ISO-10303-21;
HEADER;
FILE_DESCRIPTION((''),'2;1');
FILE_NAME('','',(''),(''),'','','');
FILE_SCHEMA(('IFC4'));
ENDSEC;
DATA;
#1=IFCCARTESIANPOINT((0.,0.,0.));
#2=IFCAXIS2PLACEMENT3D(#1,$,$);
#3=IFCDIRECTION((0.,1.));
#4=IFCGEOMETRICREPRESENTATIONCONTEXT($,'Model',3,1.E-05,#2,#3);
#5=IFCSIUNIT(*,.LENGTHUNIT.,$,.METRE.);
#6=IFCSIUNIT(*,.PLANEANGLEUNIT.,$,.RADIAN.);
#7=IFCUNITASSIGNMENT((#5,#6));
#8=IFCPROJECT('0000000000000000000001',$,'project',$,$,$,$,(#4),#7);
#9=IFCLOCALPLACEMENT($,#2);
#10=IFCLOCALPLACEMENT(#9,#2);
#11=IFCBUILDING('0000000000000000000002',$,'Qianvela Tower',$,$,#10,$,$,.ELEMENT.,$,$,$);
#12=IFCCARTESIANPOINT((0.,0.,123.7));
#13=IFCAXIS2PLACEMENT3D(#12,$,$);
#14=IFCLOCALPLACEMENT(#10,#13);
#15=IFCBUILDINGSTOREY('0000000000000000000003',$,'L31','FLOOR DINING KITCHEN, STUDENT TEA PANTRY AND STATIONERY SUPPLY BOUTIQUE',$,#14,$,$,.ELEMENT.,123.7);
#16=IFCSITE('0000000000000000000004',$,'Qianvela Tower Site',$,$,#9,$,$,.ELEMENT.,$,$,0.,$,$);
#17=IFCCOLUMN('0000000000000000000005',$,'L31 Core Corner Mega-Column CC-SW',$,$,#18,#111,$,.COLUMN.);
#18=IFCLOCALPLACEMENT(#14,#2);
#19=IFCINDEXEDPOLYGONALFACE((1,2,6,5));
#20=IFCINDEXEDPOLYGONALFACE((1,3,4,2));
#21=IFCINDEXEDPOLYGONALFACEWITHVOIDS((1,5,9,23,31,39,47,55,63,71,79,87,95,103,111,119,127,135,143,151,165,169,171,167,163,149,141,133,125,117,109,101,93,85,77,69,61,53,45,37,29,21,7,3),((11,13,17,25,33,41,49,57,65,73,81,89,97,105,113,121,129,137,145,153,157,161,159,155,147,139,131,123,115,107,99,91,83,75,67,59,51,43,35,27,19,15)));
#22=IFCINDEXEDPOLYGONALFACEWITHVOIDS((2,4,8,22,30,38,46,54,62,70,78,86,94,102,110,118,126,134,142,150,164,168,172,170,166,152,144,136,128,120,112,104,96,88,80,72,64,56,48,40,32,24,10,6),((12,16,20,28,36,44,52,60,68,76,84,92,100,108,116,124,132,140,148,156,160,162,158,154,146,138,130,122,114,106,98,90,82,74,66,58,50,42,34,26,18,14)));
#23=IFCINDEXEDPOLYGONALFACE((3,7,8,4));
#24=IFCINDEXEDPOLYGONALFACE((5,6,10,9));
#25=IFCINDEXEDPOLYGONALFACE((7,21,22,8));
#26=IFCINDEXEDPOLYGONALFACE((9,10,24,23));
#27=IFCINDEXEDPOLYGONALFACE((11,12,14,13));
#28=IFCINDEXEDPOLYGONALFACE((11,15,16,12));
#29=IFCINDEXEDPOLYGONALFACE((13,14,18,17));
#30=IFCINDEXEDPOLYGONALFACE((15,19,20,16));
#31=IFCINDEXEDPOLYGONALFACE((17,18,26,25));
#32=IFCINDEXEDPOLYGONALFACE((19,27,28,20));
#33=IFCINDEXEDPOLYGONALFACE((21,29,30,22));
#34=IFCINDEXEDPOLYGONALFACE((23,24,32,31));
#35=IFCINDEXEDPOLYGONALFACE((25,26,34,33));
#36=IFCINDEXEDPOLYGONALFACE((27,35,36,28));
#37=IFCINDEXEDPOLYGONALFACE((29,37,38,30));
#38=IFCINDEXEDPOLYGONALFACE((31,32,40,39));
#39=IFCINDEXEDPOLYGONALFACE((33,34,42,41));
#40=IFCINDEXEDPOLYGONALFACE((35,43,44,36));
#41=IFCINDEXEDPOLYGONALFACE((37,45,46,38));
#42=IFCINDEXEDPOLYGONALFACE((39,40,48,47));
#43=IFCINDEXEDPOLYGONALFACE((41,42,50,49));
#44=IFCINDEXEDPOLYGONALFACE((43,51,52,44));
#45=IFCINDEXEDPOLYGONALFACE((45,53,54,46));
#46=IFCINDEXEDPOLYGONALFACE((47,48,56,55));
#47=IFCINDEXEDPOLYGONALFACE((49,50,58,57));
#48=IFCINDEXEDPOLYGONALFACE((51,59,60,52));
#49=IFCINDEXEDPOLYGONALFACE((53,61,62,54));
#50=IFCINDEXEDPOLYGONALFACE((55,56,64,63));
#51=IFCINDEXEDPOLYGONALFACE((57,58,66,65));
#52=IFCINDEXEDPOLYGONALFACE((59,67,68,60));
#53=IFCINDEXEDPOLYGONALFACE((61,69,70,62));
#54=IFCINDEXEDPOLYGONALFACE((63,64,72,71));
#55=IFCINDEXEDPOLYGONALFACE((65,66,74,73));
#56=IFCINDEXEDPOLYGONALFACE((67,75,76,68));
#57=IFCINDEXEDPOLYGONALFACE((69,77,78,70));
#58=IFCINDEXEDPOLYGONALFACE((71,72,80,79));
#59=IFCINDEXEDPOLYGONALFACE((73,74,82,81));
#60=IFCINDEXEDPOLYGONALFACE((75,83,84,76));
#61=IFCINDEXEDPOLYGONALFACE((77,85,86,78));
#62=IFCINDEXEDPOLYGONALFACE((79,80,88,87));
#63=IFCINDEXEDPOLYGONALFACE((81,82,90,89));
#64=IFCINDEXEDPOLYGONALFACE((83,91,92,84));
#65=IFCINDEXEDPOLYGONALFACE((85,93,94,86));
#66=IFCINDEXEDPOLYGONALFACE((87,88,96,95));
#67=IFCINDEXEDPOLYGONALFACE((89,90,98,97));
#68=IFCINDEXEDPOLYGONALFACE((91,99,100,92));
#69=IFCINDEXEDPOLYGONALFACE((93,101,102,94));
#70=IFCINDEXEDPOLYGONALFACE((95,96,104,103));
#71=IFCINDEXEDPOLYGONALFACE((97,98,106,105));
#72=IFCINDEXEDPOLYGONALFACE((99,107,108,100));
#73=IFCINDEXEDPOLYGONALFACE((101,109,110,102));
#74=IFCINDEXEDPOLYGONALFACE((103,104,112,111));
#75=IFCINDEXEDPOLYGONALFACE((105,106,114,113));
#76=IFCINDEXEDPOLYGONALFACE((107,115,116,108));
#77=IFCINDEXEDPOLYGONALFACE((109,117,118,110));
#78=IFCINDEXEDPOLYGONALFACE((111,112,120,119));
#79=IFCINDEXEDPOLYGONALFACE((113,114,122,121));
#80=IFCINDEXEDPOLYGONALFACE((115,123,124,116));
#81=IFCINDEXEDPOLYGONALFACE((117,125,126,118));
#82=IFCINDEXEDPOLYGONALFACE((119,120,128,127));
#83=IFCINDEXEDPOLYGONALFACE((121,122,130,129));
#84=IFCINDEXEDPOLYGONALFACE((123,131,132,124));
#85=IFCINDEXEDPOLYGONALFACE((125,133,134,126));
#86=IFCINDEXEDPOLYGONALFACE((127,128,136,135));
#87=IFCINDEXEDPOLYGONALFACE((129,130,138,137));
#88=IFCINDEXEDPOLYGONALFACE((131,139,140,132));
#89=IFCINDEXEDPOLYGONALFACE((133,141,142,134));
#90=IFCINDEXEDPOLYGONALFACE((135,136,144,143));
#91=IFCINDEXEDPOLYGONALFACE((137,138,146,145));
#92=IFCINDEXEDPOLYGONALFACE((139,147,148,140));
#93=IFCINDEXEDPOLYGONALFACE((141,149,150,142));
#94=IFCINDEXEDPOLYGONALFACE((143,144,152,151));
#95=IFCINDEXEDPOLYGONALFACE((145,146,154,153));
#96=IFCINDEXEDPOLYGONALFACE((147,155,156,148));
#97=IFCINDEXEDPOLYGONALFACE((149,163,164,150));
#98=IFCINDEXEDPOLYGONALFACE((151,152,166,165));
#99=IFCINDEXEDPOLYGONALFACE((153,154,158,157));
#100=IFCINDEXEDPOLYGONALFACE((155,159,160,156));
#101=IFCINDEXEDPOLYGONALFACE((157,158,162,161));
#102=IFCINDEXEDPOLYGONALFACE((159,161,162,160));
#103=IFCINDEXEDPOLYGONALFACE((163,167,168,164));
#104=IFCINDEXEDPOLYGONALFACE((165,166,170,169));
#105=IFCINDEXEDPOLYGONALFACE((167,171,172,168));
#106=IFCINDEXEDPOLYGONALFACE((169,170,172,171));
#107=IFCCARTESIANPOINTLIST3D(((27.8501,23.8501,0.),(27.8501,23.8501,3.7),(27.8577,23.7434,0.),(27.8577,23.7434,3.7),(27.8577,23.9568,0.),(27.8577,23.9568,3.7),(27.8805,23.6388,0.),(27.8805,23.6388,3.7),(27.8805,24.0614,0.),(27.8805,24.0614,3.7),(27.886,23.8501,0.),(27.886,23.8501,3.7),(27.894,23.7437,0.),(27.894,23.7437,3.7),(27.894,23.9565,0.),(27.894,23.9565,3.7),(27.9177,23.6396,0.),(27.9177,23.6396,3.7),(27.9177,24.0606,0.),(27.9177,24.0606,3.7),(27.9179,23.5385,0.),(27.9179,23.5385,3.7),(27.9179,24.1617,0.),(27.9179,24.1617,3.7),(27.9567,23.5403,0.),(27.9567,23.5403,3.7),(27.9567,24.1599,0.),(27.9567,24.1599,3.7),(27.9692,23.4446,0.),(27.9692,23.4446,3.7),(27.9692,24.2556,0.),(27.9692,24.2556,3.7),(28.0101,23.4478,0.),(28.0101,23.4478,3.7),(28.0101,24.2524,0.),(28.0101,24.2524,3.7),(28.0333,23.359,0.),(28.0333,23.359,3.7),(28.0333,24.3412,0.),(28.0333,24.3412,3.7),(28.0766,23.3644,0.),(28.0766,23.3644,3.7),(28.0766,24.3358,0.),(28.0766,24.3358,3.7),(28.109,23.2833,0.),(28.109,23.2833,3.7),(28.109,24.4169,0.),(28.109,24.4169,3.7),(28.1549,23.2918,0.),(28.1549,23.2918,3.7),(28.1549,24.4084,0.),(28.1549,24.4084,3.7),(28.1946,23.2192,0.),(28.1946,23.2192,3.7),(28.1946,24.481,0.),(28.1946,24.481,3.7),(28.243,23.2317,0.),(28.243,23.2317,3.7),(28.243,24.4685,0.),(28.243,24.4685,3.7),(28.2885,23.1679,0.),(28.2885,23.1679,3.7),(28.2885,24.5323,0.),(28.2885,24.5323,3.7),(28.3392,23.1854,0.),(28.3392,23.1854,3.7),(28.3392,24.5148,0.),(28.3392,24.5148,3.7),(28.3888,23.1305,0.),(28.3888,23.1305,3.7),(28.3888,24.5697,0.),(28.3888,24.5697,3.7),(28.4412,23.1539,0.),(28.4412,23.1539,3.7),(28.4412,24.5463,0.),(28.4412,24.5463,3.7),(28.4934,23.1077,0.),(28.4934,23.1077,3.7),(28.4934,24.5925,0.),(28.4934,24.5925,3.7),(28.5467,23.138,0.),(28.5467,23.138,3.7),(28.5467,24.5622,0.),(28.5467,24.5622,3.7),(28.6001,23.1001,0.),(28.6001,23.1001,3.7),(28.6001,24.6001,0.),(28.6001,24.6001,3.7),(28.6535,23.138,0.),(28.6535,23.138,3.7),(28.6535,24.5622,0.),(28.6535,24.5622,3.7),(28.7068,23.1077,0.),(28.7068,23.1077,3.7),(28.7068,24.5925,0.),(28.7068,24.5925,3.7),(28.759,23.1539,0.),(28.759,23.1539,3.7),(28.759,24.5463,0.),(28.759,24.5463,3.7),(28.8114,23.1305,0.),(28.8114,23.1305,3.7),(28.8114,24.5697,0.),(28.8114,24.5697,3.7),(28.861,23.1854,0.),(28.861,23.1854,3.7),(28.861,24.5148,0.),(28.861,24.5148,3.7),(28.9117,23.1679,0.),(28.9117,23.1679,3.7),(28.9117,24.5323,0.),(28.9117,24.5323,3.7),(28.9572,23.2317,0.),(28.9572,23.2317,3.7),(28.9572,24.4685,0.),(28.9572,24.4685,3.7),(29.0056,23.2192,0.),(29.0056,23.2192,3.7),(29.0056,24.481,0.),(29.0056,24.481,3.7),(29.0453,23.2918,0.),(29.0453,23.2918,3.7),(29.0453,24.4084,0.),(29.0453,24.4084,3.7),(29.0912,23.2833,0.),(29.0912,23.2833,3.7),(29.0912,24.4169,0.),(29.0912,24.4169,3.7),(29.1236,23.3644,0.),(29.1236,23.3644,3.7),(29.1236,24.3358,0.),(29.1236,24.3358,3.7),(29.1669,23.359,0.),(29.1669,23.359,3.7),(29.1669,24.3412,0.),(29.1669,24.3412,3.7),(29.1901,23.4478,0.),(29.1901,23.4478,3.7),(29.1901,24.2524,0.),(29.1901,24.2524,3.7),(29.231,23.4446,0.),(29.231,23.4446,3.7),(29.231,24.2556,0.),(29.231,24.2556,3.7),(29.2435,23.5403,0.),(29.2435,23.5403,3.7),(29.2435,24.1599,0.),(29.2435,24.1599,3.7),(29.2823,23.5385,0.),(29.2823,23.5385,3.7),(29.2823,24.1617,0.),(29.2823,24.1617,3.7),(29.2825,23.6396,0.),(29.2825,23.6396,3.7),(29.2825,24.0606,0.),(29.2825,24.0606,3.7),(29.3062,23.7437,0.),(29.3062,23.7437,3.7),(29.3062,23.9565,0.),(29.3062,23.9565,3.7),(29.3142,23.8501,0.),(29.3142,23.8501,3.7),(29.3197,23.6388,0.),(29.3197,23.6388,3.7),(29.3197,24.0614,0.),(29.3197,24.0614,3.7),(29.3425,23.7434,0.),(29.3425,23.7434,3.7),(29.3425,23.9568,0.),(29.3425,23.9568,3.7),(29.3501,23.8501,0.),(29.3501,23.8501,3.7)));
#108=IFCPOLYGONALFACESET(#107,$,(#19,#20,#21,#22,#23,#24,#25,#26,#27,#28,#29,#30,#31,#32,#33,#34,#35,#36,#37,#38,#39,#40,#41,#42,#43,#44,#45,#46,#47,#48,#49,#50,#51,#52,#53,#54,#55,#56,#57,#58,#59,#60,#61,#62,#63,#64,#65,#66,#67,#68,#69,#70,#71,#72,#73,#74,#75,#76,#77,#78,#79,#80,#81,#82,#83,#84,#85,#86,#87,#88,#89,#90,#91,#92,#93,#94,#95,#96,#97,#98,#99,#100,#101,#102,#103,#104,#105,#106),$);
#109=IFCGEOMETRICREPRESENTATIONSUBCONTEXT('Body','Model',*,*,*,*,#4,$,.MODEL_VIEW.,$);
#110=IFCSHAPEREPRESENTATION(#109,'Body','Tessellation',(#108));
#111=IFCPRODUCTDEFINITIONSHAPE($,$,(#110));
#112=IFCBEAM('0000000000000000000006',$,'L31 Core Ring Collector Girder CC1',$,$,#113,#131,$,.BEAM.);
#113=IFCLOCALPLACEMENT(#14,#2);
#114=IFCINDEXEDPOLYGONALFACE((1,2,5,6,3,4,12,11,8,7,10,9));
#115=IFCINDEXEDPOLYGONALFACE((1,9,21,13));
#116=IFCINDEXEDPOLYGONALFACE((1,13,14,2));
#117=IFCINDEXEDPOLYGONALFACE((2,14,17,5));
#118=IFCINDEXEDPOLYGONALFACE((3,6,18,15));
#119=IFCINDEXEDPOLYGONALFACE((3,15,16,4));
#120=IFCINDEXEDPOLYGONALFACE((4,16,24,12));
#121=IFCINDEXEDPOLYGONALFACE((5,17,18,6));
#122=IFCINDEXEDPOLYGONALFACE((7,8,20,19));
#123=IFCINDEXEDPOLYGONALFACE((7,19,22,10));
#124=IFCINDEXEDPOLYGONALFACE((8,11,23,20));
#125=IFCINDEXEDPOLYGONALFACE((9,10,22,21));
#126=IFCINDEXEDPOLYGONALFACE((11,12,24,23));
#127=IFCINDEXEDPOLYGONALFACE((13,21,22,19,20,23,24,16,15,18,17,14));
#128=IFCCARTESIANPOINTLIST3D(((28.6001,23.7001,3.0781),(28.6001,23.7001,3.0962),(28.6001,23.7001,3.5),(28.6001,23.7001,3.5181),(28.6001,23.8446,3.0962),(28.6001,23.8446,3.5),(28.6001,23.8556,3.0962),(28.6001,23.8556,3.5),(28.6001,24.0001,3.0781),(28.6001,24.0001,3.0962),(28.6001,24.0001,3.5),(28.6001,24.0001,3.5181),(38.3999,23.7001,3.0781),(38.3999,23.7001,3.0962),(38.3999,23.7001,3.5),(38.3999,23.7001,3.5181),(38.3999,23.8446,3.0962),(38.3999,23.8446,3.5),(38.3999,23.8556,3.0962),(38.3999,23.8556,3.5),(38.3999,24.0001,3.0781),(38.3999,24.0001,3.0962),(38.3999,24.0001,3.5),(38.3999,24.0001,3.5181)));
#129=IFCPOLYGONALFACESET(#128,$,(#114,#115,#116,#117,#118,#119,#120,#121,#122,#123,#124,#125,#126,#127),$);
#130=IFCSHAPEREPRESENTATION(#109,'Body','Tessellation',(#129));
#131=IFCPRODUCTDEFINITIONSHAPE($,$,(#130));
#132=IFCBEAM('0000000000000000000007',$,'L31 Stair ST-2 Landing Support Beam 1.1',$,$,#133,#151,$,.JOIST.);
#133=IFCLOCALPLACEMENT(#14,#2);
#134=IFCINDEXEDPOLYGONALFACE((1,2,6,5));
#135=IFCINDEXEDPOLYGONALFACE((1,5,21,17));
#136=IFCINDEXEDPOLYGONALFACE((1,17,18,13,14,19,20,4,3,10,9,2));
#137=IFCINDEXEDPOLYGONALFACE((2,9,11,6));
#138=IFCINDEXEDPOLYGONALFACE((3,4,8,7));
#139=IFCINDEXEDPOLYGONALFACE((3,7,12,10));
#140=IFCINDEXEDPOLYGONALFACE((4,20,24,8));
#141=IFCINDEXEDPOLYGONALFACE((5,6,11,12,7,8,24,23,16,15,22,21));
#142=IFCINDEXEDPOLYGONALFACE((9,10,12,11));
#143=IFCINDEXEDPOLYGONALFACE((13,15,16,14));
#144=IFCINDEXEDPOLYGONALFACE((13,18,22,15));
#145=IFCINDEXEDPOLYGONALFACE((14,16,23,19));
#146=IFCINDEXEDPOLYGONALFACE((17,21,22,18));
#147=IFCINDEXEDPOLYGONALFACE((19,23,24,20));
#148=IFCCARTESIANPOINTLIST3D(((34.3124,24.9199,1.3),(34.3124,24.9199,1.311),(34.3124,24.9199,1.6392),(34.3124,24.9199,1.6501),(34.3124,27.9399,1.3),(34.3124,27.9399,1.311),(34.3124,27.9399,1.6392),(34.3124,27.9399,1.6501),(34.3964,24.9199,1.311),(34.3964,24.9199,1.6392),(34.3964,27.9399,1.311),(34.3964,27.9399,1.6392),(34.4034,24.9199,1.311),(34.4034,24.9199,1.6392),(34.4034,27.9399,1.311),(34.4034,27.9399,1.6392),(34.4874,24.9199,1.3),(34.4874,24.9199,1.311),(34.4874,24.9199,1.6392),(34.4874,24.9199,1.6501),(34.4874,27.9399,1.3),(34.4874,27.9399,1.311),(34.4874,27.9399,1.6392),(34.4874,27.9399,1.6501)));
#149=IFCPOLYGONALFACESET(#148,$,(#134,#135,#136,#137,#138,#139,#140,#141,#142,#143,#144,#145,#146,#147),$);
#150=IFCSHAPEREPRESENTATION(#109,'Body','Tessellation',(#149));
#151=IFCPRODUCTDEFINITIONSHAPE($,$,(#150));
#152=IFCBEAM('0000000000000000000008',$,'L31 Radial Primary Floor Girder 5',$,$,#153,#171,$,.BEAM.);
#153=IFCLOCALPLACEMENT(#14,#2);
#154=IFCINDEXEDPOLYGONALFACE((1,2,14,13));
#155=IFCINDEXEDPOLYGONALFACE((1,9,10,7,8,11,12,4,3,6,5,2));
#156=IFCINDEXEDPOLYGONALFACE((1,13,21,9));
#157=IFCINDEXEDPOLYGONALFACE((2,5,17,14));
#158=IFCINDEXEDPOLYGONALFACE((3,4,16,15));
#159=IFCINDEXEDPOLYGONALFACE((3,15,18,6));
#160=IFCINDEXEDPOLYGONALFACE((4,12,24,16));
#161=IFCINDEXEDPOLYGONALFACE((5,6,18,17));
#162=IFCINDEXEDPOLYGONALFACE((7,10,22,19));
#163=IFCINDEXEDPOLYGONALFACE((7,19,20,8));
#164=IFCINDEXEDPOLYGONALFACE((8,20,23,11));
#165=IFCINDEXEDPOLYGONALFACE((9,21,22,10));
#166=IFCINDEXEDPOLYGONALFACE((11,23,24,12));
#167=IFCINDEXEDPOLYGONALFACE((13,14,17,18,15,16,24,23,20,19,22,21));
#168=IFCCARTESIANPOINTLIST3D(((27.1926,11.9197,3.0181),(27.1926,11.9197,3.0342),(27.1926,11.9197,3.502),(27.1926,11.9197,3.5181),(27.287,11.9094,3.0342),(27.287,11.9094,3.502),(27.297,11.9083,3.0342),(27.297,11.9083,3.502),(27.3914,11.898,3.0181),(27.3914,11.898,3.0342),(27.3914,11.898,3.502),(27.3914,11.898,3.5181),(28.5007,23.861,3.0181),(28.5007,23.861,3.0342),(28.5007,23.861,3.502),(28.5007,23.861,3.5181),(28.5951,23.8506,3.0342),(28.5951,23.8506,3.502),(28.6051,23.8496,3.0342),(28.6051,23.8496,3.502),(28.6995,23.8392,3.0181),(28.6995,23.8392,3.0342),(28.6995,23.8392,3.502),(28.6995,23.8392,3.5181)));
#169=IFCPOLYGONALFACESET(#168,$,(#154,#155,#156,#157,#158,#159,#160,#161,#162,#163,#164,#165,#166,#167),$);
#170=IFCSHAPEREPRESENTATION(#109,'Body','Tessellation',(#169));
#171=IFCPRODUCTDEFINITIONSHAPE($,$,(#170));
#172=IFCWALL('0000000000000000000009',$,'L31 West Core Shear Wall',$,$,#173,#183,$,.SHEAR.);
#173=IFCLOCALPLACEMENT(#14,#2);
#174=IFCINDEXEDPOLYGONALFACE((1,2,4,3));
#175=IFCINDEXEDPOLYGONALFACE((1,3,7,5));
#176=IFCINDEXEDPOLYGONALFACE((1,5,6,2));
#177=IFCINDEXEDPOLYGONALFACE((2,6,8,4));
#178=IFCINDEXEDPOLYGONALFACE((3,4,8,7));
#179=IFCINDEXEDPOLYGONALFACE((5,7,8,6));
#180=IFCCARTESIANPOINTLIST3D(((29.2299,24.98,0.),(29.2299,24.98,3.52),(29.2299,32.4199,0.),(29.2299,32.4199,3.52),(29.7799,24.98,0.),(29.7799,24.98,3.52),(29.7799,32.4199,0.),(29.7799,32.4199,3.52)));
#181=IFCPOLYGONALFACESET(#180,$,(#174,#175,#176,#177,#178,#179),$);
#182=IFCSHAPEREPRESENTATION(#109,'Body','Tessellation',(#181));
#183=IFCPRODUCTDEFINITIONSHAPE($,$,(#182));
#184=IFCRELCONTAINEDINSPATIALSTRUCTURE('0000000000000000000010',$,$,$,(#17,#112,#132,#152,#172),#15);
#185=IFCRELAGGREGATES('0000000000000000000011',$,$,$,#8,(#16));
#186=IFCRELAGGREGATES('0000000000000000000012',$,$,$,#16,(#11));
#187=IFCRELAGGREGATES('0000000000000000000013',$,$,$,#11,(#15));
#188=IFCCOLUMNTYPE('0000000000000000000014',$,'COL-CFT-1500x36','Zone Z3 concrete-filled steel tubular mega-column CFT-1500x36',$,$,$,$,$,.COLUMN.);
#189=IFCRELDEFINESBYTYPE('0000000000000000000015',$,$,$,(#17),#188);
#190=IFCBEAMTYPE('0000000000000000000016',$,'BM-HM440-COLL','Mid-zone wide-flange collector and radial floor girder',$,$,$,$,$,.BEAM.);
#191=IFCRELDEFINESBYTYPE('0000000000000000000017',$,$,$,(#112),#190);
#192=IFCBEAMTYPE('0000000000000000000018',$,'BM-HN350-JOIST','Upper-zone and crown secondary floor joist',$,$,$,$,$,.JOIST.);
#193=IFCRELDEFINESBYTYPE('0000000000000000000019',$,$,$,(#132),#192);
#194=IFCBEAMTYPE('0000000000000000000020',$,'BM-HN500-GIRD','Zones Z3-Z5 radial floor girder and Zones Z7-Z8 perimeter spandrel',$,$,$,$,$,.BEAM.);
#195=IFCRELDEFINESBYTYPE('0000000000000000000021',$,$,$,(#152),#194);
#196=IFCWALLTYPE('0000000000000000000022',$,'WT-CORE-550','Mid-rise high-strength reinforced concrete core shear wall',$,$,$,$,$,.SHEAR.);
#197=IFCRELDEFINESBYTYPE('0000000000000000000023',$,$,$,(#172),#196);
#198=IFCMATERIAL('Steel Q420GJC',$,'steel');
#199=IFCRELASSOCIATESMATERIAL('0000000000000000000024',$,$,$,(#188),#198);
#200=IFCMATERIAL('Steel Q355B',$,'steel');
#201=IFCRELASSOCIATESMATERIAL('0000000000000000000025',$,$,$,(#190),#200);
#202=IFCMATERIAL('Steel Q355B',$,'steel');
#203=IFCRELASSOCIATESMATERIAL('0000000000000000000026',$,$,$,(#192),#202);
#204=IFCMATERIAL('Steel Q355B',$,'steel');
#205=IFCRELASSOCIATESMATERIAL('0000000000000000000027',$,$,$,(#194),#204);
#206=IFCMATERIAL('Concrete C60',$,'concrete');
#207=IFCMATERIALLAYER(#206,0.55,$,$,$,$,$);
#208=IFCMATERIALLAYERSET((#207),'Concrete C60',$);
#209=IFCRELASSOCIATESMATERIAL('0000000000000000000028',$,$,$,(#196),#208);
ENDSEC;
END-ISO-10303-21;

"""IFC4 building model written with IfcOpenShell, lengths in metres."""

from ifc_helpers import new_model, si_unit, direction, frame, frame_2d, origin, origin_2d, place, context, subcontext, project, spatial, rectangle, hollow_circle, i_section, extrude, material, layer, layer_set, material_profile, profile_set, type_object, element, save


model = new_model("IFC4")

# Units and contexts
model_context = context("Model", 3, precision=1e-05, world=origin(), true_north=direction((0.0, 1.0)))
body_context = subcontext(model_context, "Body", "Model", "MODEL_VIEW")
ifc_project = project(units=[si_unit("LENGTHUNIT", "METRE"), si_unit("PLANEANGLEUNIT", "RADIAN")], contexts=[model_context])

# Site, building, storey
site_placement = place(None, origin())
site = spatial("IfcSite", under=ifc_project, at=site_placement, Name="Qianvela Tower Site", CompositionType="ELEMENT", RefElevation=0.0)
building_placement = place(site_placement, origin())
building = spatial("IfcBuilding", under=site, at=building_placement, Name="Qianvela Tower", CompositionType="ELEMENT")
storey_placement = place(building_placement, frame((0.0, 0.0, 123.7)))
storey = spatial("IfcBuildingStorey", under=building, at=storey_placement, Name="L31", Description="FLOOR DINING KITCHEN, STUDENT TEA PANTRY AND STATIONERY SUPPLY BOUTIQUE", CompositionType="ELEMENT", Elevation=123.7)

# Column
ifc_material_1 = material(Name="Steel Q420GJC", Category="steel")
ifc_material_profile_1 = material_profile(ifc_material_1, hollow_circle(Radius=0.75, WallThickness=0.0359, at=origin_2d()), Name="CFT-1500x36")
ifc_profile_set_1 = profile_set([ifc_material_profile_1], Name="Steel Q420GJC")
column_type = type_object("IfcColumnType", Name="COL-CFT-1500x36", Description="Zone Z3 concrete-filled steel tubular mega-column CFT-1500x36", PredefinedType="COLUMN", material=ifc_profile_set_1)
column_placement = place(storey_placement, frame((28.6001, 23.8501, 0.0), z_axis=(0.0, 0.0, 1.0), x_axis=(1.0, 0.0, 0.0)))
element("IfcColumn", 1, at=column_placement, inside=storey, type_object=column_type, Name="L31 Core Corner Mega-Column CC-SW", PredefinedType="COLUMN", context=body_context, shape_type="SweptSolid", body=[
    extrude(hollow_circle(Radius=0.75, WallThickness=0.0359, at=origin_2d()), origin(), (0.0, 0.0, 1.0), 3.7),
])

# Beams
ifc_material_2 = material(Name="Steel Q355B", Category="steel")
ifc_material_profile_2 = material_profile(ifc_material_2, i_section(OverallWidth=0.3, OverallDepth=0.4399, WebThickness=0.011, FlangeThickness=0.0181, at=origin_2d()), Name="HM440x300x11x18")
ifc_profile_set_2 = profile_set([ifc_material_profile_2], Name="Steel Q355B")
beam_type_1 = type_object("IfcBeamType", Name="BM-HM440-COLL", Description="Mid-zone wide-flange collector and radial floor girder", PredefinedType="BEAM", material=ifc_profile_set_2)
beam_1_placement = place(storey_placement, frame((28.6001, 23.8501, 3.2981), z_axis=(1.0, 0.0, 0.0), x_axis=(0.0, 1.0, 0.0)))
element("IfcBeam", 2, at=beam_1_placement, inside=storey, type_object=beam_type_1, Name="L31 Core Ring Collector Girder CC1", PredefinedType="BEAM", context=body_context, shape_type="SweptSolid", body=[
    extrude(i_section(OverallWidth=0.3, OverallDepth=0.4399, WebThickness=0.011, FlangeThickness=0.0181, at=origin_2d()), origin(), (0.0, 0.0, 1.0), 9.7998),
])
ifc_material_3 = material(Name="Steel Q355B", Category="steel")
ifc_material_profile_3 = material_profile(ifc_material_3, i_section(OverallWidth=0.175, OverallDepth=0.3501, WebThickness=0.0071, FlangeThickness=0.011, at=origin_2d()), Name="HN350x175x7x11")
ifc_profile_set_3 = profile_set([ifc_material_profile_3], Name="Steel Q355B")
beam_type_2 = type_object("IfcBeamType", Name="BM-HN350-JOIST", Description="Upper-zone and crown secondary floor joist", PredefinedType="JOIST", material=ifc_profile_set_3)
beam_2_placement = place(storey_placement, frame((34.3999, 24.9199, 1.4751), z_axis=(0.0, 1.0, 0.0), x_axis=(-1.0, 0.0, 0.0)))
element("IfcBeam", 3, at=beam_2_placement, inside=storey, type_object=beam_type_2, Name="L31 Stair ST-2 Landing Support Beam 1.1", PredefinedType="JOIST", context=body_context, shape_type="SweptSolid", body=[
    extrude(i_section(OverallWidth=0.175, OverallDepth=0.3501, WebThickness=0.0071, FlangeThickness=0.011, at=origin_2d()), origin(), (0.0, 0.0, 1.0), 3.02),
])
ifc_material_4 = material(Name="Steel Q355B", Category="steel")
ifc_material_profile_4 = material_profile(ifc_material_4, i_section(OverallWidth=0.2, OverallDepth=0.5, WebThickness=0.01, FlangeThickness=0.0161, at=origin_2d()), Name="HN500x200x10x16")
ifc_profile_set_4 = profile_set([ifc_material_profile_4], Name="Steel Q355B")
beam_type_3 = type_object("IfcBeamType", Name="BM-HN500-GIRD", Description="Zones Z3-Z5 radial floor girder and Zones Z7-Z8 perimeter spandrel", PredefinedType="BEAM", material=ifc_profile_set_4)
beam_3_placement = place(storey_placement, frame((28.6001, 23.8501, 3.2681), z_axis=(-0.108894, -0.994053, 0.0), x_axis=(0.994053, -0.108894, 0.0)))
element("IfcBeam", 4, at=beam_3_placement, inside=storey, type_object=beam_type_3, Name="L31 Radial Primary Floor Girder 5", PredefinedType="BEAM", context=body_context, shape_type="SweptSolid", body=[
    extrude(i_section(OverallWidth=0.2, OverallDepth=0.5, WebThickness=0.01, FlangeThickness=0.0161, at=origin_2d()), origin(), (0.0, 0.0, 1.0), 12.0127),
])

# Shared definitions
ifc_material_5 = material(Name="Concrete C60", Category="concrete")
ifc_layer_1 = layer(ifc_material_5, 0.55)
ifc_layer_set_1 = layer_set([ifc_layer_1], Name="Concrete C60")
wall_type_1 = type_object("IfcWallType", Name="WT-CORE-550", Description="Mid-rise high-strength reinforced concrete core shear wall", PredefinedType="SHEAR", material=ifc_layer_set_1)

# Wall
wall_1_placement = place(storey_placement, frame((29.5049, 24.98, 0.0), z_axis=(0.0, 0.0, 1.0), x_axis=(0.0, 1.0, 0.0)))
element("IfcWall", 5, at=wall_1_placement, inside=storey, type_object=wall_type_1, Name="L31 West Core Shear Wall", PredefinedType="SHEAR", context=body_context, shape_type="SweptSolid", body=[
    extrude(rectangle(XDim=7.4399, YDim=0.55, at=frame_2d((3.72, 0.0))), origin(), (0.0, 0.0, 1.0), 3.52),
])

save(model, "model.ifc")
